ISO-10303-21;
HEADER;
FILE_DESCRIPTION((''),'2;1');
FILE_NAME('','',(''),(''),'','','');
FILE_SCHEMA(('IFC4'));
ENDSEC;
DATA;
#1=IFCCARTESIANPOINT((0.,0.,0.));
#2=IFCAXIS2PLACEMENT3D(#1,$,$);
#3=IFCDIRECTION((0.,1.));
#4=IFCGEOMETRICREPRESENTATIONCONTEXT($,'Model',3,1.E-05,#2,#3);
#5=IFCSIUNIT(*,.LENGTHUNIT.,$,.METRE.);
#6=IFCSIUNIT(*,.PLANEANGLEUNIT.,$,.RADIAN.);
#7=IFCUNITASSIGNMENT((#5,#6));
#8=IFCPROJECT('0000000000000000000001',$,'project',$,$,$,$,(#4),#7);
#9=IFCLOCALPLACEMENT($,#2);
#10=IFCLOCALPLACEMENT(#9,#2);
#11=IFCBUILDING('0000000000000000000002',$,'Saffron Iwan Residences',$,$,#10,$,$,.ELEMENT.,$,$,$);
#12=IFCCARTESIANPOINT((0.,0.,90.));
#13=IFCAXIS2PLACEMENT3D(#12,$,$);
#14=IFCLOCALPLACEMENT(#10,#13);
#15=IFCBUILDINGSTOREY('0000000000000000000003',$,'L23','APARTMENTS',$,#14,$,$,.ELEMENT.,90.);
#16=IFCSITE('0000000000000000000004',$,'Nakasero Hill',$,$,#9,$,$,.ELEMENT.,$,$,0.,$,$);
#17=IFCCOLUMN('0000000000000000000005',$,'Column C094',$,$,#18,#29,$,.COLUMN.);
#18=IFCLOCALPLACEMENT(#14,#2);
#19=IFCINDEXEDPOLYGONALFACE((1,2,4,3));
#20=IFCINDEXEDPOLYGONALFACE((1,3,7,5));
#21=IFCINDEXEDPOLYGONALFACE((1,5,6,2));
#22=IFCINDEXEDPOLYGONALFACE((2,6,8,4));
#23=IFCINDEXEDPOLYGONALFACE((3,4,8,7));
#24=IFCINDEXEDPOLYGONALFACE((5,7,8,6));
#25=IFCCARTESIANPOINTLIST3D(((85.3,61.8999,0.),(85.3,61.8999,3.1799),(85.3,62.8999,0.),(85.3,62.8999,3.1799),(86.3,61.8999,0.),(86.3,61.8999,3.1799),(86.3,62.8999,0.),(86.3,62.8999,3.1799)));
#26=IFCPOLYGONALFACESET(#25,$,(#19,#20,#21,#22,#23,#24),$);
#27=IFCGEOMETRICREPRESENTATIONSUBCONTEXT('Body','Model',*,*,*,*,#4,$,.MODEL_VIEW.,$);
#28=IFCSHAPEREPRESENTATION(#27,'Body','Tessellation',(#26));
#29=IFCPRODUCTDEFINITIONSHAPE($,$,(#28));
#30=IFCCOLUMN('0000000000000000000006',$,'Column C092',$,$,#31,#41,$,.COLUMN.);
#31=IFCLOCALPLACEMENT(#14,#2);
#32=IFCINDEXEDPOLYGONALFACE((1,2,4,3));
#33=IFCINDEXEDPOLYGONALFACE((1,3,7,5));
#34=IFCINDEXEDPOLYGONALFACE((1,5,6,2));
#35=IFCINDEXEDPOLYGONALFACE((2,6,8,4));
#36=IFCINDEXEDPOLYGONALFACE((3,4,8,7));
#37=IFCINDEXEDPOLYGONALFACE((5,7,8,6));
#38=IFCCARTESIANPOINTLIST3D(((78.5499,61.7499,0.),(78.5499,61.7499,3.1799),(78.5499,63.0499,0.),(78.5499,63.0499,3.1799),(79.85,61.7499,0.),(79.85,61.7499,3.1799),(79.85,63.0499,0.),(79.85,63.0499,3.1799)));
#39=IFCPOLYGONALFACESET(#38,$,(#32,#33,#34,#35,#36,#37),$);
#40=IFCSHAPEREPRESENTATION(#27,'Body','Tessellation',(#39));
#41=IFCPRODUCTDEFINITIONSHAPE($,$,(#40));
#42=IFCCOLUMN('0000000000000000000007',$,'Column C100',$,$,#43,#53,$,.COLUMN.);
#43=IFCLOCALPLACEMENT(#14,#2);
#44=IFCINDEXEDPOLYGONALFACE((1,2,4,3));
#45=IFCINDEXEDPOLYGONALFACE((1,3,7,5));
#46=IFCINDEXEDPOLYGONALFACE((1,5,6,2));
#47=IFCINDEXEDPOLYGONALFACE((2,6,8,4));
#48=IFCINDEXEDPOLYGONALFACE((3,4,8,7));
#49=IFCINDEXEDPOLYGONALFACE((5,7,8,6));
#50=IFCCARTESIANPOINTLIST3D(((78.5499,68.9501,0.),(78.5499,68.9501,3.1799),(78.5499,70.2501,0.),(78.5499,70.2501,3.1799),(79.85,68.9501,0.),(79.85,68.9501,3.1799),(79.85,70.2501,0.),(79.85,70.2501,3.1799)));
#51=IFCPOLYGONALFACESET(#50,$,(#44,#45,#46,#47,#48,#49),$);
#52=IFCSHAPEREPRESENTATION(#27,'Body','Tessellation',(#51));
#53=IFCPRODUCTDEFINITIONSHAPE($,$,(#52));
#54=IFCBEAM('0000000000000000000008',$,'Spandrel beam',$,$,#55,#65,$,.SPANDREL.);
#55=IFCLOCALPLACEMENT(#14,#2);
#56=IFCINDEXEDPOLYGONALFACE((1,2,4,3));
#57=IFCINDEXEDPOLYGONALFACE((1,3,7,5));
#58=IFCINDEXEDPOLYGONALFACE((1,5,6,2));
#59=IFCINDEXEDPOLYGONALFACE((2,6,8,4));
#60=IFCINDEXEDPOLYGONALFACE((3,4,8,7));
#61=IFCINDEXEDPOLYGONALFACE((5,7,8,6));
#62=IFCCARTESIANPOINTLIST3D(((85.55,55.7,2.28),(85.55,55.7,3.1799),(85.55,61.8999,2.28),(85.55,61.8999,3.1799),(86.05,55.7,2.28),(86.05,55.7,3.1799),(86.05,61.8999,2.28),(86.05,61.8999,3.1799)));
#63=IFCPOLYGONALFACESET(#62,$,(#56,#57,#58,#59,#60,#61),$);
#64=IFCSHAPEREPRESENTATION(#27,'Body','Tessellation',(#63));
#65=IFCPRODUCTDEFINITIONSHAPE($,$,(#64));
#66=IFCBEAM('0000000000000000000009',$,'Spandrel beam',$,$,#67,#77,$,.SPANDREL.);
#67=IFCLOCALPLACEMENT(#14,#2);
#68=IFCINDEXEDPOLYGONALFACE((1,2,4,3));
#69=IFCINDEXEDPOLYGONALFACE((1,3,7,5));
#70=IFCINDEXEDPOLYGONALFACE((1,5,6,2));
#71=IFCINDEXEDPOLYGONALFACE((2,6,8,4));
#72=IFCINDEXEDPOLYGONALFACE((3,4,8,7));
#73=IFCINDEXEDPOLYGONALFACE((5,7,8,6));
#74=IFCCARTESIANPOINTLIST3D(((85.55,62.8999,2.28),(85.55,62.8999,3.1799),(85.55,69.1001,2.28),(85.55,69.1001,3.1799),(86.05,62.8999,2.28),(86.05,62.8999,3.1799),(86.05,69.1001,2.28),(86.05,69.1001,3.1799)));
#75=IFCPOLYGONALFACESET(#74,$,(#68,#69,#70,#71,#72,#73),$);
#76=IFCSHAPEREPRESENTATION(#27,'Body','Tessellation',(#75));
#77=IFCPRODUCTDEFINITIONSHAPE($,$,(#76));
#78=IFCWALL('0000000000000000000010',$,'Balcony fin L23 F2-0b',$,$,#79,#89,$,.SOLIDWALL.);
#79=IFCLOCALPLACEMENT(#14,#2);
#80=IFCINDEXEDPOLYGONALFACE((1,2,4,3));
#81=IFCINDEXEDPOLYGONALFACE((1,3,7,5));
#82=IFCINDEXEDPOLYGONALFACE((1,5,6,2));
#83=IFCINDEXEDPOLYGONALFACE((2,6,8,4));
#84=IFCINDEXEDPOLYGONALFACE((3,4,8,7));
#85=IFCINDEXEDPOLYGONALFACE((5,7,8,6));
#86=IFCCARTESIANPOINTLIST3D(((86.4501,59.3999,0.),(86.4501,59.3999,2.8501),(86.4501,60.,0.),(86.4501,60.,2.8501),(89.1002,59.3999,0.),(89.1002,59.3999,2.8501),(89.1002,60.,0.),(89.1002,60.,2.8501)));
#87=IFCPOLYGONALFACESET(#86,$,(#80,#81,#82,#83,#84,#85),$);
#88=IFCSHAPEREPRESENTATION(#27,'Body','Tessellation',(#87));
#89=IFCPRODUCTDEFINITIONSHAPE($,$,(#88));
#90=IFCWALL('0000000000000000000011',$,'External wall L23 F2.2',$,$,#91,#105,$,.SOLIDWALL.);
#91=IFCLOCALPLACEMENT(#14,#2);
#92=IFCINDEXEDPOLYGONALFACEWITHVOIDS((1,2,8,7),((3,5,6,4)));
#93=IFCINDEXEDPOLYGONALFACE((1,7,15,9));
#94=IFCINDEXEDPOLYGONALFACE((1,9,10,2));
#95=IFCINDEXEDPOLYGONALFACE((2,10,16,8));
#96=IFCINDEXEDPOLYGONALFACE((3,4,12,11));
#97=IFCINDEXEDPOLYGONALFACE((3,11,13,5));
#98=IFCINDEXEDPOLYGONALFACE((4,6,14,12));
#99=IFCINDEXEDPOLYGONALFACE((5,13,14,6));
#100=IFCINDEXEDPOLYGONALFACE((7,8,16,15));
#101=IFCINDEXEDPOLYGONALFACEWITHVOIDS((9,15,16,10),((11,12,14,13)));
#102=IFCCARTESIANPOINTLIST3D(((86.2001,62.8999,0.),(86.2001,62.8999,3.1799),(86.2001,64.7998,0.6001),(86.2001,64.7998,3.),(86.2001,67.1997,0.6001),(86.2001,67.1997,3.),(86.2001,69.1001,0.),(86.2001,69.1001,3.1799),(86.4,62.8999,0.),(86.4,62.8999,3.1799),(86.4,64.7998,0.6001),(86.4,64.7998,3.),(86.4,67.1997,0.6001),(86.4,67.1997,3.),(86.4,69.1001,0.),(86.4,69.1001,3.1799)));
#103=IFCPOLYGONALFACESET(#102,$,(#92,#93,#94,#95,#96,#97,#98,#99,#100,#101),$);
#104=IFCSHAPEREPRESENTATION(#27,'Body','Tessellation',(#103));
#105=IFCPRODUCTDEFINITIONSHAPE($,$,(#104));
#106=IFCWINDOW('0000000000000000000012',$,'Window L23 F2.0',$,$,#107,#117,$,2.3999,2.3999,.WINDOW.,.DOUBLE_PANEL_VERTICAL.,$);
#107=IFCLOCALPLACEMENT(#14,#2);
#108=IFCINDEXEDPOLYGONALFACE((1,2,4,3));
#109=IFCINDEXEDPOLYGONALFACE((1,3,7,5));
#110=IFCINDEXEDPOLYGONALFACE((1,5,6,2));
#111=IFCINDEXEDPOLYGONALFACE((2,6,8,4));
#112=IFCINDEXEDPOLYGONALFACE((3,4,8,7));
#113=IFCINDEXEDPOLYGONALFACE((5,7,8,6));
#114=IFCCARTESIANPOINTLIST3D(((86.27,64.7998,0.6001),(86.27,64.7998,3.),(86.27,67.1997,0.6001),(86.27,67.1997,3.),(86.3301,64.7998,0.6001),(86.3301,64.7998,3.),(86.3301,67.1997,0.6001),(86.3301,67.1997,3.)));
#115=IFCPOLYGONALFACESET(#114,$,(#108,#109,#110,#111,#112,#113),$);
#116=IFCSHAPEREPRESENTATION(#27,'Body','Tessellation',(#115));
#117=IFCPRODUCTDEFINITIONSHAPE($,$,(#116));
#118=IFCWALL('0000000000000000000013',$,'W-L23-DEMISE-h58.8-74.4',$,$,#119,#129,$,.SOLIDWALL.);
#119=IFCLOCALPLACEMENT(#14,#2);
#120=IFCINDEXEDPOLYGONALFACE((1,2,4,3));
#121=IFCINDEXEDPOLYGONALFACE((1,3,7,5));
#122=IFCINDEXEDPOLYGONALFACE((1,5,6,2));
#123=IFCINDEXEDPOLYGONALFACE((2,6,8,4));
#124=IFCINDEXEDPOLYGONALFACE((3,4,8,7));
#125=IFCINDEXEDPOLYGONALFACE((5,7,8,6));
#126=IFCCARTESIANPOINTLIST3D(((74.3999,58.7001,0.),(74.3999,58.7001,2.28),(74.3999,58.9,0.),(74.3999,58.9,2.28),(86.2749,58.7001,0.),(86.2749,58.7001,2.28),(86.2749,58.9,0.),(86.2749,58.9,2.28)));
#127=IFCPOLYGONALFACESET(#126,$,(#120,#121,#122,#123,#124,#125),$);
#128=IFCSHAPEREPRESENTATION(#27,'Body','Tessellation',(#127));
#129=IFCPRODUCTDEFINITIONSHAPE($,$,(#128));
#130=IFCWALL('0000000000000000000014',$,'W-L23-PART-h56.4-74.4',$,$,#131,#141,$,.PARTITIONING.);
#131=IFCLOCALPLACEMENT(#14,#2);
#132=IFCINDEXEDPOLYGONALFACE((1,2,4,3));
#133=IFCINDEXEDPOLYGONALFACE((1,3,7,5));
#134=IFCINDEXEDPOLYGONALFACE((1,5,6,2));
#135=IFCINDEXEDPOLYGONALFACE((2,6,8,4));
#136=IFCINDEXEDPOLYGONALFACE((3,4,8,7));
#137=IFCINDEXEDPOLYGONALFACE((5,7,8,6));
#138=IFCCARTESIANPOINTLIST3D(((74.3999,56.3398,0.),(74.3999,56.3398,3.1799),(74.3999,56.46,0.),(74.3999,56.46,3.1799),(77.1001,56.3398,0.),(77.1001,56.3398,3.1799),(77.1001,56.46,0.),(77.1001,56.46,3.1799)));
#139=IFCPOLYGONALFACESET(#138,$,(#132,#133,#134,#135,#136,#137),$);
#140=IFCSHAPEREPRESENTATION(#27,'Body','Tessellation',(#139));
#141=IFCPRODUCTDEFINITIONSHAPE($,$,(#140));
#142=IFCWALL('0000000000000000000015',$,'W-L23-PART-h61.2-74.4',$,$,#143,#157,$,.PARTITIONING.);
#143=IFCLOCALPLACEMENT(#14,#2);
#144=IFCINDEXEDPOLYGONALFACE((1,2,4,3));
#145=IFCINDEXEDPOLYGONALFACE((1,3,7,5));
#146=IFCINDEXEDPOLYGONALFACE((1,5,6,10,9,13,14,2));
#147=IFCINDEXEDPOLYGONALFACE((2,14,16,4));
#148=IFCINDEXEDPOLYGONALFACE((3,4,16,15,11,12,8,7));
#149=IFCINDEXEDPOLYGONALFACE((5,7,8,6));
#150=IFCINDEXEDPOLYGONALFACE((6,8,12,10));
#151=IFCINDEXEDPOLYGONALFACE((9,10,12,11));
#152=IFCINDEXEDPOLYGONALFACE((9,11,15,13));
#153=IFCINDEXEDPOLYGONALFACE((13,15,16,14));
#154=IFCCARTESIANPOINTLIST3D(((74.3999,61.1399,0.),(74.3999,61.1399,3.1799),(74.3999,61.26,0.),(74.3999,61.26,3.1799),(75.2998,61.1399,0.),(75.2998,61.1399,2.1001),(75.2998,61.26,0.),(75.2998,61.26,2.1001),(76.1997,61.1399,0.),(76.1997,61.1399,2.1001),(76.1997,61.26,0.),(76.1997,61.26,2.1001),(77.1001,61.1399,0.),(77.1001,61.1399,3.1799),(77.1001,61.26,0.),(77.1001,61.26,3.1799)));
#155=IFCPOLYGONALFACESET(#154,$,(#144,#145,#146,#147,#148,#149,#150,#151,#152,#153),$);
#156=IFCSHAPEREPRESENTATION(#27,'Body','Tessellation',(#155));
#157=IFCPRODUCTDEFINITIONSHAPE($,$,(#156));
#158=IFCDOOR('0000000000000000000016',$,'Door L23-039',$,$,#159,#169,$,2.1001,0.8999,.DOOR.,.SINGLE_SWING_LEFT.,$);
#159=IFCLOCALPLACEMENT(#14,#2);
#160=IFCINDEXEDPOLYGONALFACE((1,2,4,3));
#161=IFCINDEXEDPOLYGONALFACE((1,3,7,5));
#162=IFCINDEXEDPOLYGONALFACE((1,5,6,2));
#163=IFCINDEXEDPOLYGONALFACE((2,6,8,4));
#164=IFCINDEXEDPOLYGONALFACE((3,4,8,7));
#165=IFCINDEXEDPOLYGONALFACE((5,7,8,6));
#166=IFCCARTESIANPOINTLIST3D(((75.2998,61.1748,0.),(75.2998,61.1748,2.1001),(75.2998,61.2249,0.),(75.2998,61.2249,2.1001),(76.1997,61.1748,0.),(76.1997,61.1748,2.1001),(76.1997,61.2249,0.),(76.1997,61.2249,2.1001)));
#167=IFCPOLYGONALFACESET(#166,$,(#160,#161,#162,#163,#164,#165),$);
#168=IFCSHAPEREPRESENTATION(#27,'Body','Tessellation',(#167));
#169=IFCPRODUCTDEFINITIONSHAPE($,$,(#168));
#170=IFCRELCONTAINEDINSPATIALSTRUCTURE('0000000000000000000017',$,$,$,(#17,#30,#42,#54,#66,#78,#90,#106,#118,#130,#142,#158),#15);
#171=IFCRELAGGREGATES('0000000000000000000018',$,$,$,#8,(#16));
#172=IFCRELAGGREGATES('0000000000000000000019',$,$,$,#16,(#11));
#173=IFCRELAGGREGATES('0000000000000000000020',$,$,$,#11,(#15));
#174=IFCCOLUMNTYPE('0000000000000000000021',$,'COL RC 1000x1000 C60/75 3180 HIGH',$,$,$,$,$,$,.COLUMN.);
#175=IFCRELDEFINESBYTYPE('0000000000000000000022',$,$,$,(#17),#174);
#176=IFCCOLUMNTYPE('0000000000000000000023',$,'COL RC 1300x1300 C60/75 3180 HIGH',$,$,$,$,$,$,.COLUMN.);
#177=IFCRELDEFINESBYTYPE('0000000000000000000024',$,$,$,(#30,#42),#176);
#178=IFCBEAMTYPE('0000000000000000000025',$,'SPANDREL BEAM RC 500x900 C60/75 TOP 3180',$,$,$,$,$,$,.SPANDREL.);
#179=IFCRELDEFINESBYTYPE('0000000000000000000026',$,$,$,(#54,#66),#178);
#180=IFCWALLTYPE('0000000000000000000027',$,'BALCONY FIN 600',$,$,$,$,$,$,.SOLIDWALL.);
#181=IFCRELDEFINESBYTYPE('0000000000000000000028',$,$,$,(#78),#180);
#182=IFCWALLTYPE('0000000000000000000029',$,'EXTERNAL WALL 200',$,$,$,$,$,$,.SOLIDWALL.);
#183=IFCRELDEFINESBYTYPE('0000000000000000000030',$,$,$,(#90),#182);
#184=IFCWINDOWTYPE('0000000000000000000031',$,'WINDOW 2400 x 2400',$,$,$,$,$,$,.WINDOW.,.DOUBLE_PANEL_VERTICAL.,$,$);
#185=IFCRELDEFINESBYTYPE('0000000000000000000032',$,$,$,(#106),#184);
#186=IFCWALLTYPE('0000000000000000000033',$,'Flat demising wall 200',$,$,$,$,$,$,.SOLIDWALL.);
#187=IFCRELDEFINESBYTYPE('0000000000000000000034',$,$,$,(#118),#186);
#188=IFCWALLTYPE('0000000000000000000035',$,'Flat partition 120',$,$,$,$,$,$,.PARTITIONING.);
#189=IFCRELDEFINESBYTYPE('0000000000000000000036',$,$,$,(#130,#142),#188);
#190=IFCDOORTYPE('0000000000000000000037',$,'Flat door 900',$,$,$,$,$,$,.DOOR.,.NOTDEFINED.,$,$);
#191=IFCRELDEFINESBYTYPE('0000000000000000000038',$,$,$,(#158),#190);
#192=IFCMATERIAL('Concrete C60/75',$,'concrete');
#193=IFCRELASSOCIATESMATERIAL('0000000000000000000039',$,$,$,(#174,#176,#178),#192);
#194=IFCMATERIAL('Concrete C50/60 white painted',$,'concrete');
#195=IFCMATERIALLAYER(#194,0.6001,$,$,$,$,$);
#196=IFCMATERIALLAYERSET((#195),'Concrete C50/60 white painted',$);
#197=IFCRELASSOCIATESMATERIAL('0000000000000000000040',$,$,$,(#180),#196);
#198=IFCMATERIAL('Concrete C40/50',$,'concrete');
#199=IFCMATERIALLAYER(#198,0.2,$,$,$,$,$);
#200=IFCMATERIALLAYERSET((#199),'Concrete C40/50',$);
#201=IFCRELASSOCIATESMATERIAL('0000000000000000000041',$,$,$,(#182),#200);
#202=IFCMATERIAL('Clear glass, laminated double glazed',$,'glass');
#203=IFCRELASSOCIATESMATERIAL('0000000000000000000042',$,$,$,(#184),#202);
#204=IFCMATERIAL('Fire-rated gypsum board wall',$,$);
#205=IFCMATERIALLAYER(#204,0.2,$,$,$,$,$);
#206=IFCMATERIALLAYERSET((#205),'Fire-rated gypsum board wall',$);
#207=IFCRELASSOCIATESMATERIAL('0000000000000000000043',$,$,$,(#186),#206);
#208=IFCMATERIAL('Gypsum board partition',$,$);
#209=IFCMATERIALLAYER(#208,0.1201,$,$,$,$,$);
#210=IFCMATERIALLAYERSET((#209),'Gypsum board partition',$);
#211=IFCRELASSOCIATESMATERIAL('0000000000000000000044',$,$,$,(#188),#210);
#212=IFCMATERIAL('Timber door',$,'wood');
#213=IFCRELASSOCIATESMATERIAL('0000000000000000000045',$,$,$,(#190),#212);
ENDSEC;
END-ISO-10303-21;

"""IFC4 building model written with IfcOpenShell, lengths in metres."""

from ifc_helpers import new_model, si_unit, direction, frame, frame_2d, origin, origin_2d, place, context, subcontext, project, spatial, rectangle, extrude, source, transform, mapped, material, layer, layer_set, material_profile, profile_set, type_object, element, fill, save


model = new_model("IFC4")

# Units and contexts
model_context = context("Model", 3, precision=1e-05, world=origin(), true_north=direction((0.0, 1.0)))
body_context = subcontext(model_context, "Body", "Model", "MODEL_VIEW")
ifc_project = project(units=[si_unit("LENGTHUNIT", "METRE"), si_unit("PLANEANGLEUNIT", "RADIAN")], contexts=[model_context])

# Site, building, storey
site_placement = place(None, origin())
site = spatial("IfcSite", under=ifc_project, at=site_placement, Name="Nakasero Hill", CompositionType="ELEMENT", RefElevation=0.0)
building_placement = place(site_placement, origin())
building = spatial("IfcBuilding", under=site, at=building_placement, Name="Saffron Iwan Residences", CompositionType="ELEMENT")
storey_placement = place(building_placement, frame((0.0, 0.0, 90.0)))
storey = spatial("IfcBuildingStorey", under=building, at=storey_placement, Name="L23", Description="APARTMENTS", CompositionType="ELEMENT", Elevation=90.0)

# Columns
ifc_material_1 = material(Name="Concrete C60/75", Category="concrete")
ifc_material_profile_1 = material_profile(ifc_material_1, rectangle(XDim=1.0, YDim=1.0, at=origin_2d()), Name="RC 1000x1000")
ifc_profile_set_1 = profile_set([ifc_material_profile_1], Name="Concrete C60/75")
column_type_1 = type_object("IfcColumnType", Name="COL RC 1000x1000 C60/75 3180 HIGH", PredefinedType="COLUMN", material=ifc_profile_set_1)
shared_shape_1 = source(origin(), body_context, "Body", "SweptSolid", [
    extrude(rectangle(XDim=1.0, YDim=1.0, at=origin_2d()), origin(), (0.0, 0.0, 1.0), 3.1799),
])
column_placement = place(storey_placement, frame((85.8, 62.3999, 0.0), z_axis=(0.0, 0.0, 1.0), x_axis=(1.0, 0.0, 0.0)))
element("IfcColumn", 1, at=column_placement, inside=storey, type_object=column_type_1, Name="Column C094", PredefinedType="COLUMN", context=body_context, shape_type="MappedRepresentation", body=[
    mapped(shared_shape_1, transform((0.0, 0.0, 0.0))),
])
ifc_material_profile_2 = material_profile(ifc_material_1, rectangle(XDim=1.3, YDim=1.3, at=origin_2d()), Name="RC 1300x1300")
ifc_profile_set_2 = profile_set([ifc_material_profile_2], Name="Concrete C60/75")
column_type_2 = type_object("IfcColumnType", Name="COL RC 1300x1300 C60/75 3180 HIGH", PredefinedType="COLUMN", material=ifc_profile_set_2)
shared_shape_2 = source(origin(), body_context, "Body", "SweptSolid", [
    extrude(rectangle(XDim=1.3, YDim=1.3, at=origin_2d()), origin(), (0.0, 0.0, 1.0), 3.1799),
])
for number, where, z_axis, x_axis, name in (
    (2, (79.2, 62.3999, 0.0), (0.0, 0.0, 1.0), (1.0, 0.0, 0.0), "Column C092"),
    (3, (79.2, 69.6001, 0.0), (0.0, 0.0, 1.0), (1.0, 0.0, 0.0), "Column C100"),
):
    element("IfcColumn", number, at=place(storey_placement, frame(where, z_axis=z_axis, x_axis=x_axis)), inside=storey, type_object=column_type_2, Name=name, PredefinedType="COLUMN", context=body_context, shape_type="MappedRepresentation", body=[
        mapped(shared_shape_2, transform((0.0, 0.0, 0.0))),
    ])

# Beams
ifc_material_profile_3 = material_profile(ifc_material_1, rectangle(XDim=0.5, YDim=0.8999, at=origin_2d()), Name="RC 500x900")
ifc_profile_set_3 = profile_set([ifc_material_profile_3], Name="Concrete C60/75")
beam_type = type_object("IfcBeamType", Name="SPANDREL BEAM RC 500x900 C60/75 TOP 3180", PredefinedType="SPANDREL", material=ifc_profile_set_3)
shared_shape_3 = source(origin(), body_context, "Body", "SweptSolid", [
    extrude(rectangle(XDim=0.5, YDim=0.8999, at=origin_2d()), origin(), (0.0, 0.0, 1.0), 6.2),
])
beam_1_placement = place(storey_placement, frame((85.8, 61.8999, 2.73), z_axis=(0.0, -1.0, 0.0), x_axis=(1.0, 0.0, 0.0)))
element("IfcBeam", 4, at=beam_1_placement, inside=storey, type_object=beam_type, Name="Spandrel beam", PredefinedType="SPANDREL", context=body_context, shape_type="MappedRepresentation", body=[
    mapped(shared_shape_3, transform((0.0, 0.0, 0.0))),
])
shared_shape_4 = source(origin(), body_context, "Body", "SweptSolid", [
    extrude(rectangle(XDim=0.5, YDim=0.8999, at=origin_2d()), origin(), (0.0, 0.0, 1.0), 6.2002),
])
beam_2_placement = place(storey_placement, frame((85.8, 69.1001, 2.73), z_axis=(0.0, -1.0, 0.0), x_axis=(1.0, 0.0, 0.0)))
element("IfcBeam", 5, at=beam_2_placement, inside=storey, type_object=beam_type, Name="Spandrel beam", PredefinedType="SPANDREL", context=body_context, shape_type="MappedRepresentation", body=[
    mapped(shared_shape_4, transform((0.0, 0.0, 0.0))),
])

# Wall
ifc_material_2 = material(Name="Concrete C50/60 white painted", Category="concrete")
ifc_layer_1 = layer(ifc_material_2, 0.6001)
ifc_layer_set_1 = layer_set([ifc_layer_1], Name="Concrete C50/60 white painted")
wall_type_1 = type_object("IfcWallType", Name="BALCONY FIN 600", PredefinedType="SOLIDWALL", material=ifc_layer_set_1)
wall_1_placement = place(storey_placement, frame((86.45, 59.7, 0.0), z_axis=(0.0, 0.0, 1.0), x_axis=(1.0, 0.0, 0.0)))
element("IfcWall", 6, at=wall_1_placement, inside=storey, type_object=wall_type_1, Name="Balcony fin L23 F2-0b", PredefinedType="SOLIDWALL", context=body_context, shape_type="SweptSolid", body=[
    extrude(rectangle(XDim=2.6501, YDim=0.6001, at=frame_2d((1.3252, 0.0))), origin(), (0.0, 0.0, 1.0), 2.8501),
])

# Wall, opening, window
ifc_material_3 = material(Name="Concrete C40/50", Category="concrete")
ifc_layer_2 = layer(ifc_material_3, 0.2)
ifc_layer_set_2 = layer_set([ifc_layer_2], Name="Concrete C40/50")
wall_type_2 = type_object("IfcWallType", Name="EXTERNAL WALL 200", PredefinedType="SOLIDWALL", material=ifc_layer_set_2)
wall_2_placement = place(storey_placement, frame((86.3, 62.8999, 0.0), z_axis=(0.0, 0.0, 1.0), x_axis=(0.0, 1.0, 0.0)))
wall_2 = element("IfcWall", 7, at=wall_2_placement, inside=storey, type_object=wall_type_2, Name="External wall L23 F2.2", PredefinedType="SOLIDWALL", context=body_context, shape_type="SweptSolid", body=[
    extrude(rectangle(XDim=6.2002, YDim=0.2, at=frame_2d((3.1001, 0.0))), origin(), (0.0, 0.0, 1.0), 3.1799),
])
opening_1_placement = place(wall_2_placement, frame((1.8999, 0.0, 0.6001)))
opening_1 = element("IfcOpeningElement", 8, at=opening_1_placement, cuts=wall_2, PredefinedType="OPENING", context=body_context, shape_type="SweptSolid", body=[
    extrude(rectangle(XDim=2.3999, YDim=2.3999, at=frame_2d((1.2, 1.2))), frame((0.0, 0.1099, 0.0), z_axis=(0.0, -1.0, 0.0), x_axis=(1.0, 0.0, 0.0)), (0.0, 0.0, 1.0), 0.22),
])
ifc_material_4 = material(Name="Clear glass, laminated double glazed", Category="glass")
window_type = type_object("IfcWindowType", Name="WINDOW 2400 x 2400", PartitioningType="DOUBLE_PANEL_VERTICAL", PredefinedType="WINDOW", material=ifc_material_4)
window_placement = place(opening_1_placement, origin())
window = element("IfcWindow", 9, at=window_placement, inside=storey, type_object=window_type, Name="Window L23 F2.0", OverallHeight=2.3999, OverallWidth=2.3999, PartitioningType="DOUBLE_PANEL_VERTICAL", PredefinedType="WINDOW", context=body_context, shape_type="SweptSolid", body=[
    extrude(rectangle(XDim=2.3999, YDim=2.3999, at=frame_2d((1.2, 1.2))), frame((0.0, 0.03, 0.0), z_axis=(0.0, -1.0, 0.0), x_axis=(1.0, 0.0, 0.0)), (0.0, 0.0, 1.0), 0.0601),
])
fill(opening_1, window)

# Walls
ifc_material_5 = material(Name="Fire-rated gypsum board wall")
ifc_layer_3 = layer(ifc_material_5, 0.2)
ifc_layer_set_3 = layer_set([ifc_layer_3], Name="Fire-rated gypsum board wall")
wall_type_3 = type_object("IfcWallType", Name="Flat demising wall 200", PredefinedType="SOLIDWALL", material=ifc_layer_set_3)
wall_3_placement = place(storey_placement, frame((74.3999, 58.8, 0.0), z_axis=(0.0, 0.0, 1.0), x_axis=(1.0, 0.0, 0.0)))
element("IfcWall", 10, at=wall_3_placement, inside=storey, type_object=wall_type_3, Name="W-L23-DEMISE-h58.8-74.4", PredefinedType="SOLIDWALL", context=body_context, shape_type="SweptSolid", body=[
    extrude(rectangle(XDim=11.875, YDim=0.2, at=frame_2d((5.9375, 0.0))), origin(), (0.0, 0.0, 1.0), 2.28),
])
ifc_material_6 = material(Name="Gypsum board partition")
ifc_layer_4 = layer(ifc_material_6, 0.1201)
ifc_layer_set_4 = layer_set([ifc_layer_4], Name="Gypsum board partition")
wall_type_4 = type_object("IfcWallType", Name="Flat partition 120", PredefinedType="PARTITIONING", material=ifc_layer_set_4)
wall_4_placement = place(storey_placement, frame((74.3999, 56.3999, 0.0), z_axis=(0.0, 0.0, 1.0), x_axis=(1.0, 0.0, 0.0)))
element("IfcWall", 11, at=wall_4_placement, inside=storey, type_object=wall_type_4, Name="W-L23-PART-h56.4-74.4", PredefinedType="PARTITIONING", context=body_context, shape_type="SweptSolid", body=[
    extrude(rectangle(XDim=2.7002, YDim=0.1201, at=frame_2d((1.3501, 0.0))), origin(), (0.0, 0.0, 1.0), 3.1799),
])

# Wall, opening, door
wall_5_placement = place(storey_placement, frame((74.3999, 61.2, 0.0), z_axis=(0.0, 0.0, 1.0), x_axis=(1.0, 0.0, 0.0)))
wall_5 = element("IfcWall", 12, at=wall_5_placement, inside=storey, type_object=wall_type_4, Name="W-L23-PART-h61.2-74.4", PredefinedType="PARTITIONING", context=body_context, shape_type="SweptSolid", body=[
    extrude(rectangle(XDim=2.7002, YDim=0.1201, at=frame_2d((1.3501, 0.0))), origin(), (0.0, 0.0, 1.0), 3.1799),
])
opening_2_placement = place(wall_5_placement, frame((0.8999, 0.0, 0.0)))
opening_2 = element("IfcOpeningElement", 13, at=opening_2_placement, cuts=wall_5, PredefinedType="OPENING", context=body_context, shape_type="SweptSolid", body=[
    extrude(rectangle(XDim=0.8999, YDim=2.1001, at=frame_2d((0.45, 1.05))), frame((0.0, 0.0701, 0.0), z_axis=(0.0, -1.0, 0.0), x_axis=(1.0, 0.0, 0.0)), (0.0, 0.0, 1.0), 0.1401),
])
ifc_material_7 = material(Name="Timber door", Category="wood")
door_type_1 = type_object("IfcDoorType", Name="Flat door 900", OperationType="NOTDEFINED", PredefinedType="DOOR", material=ifc_material_7)
door_1_placement = place(opening_2_placement, origin())
door_1 = element("IfcDoor", 14, at=door_1_placement, inside=storey, type_object=door_type_1, Name="Door L23-039", OperationType="SINGLE_SWING_LEFT", OverallHeight=2.1001, OverallWidth=0.8999, PredefinedType="DOOR", context=body_context, shape_type="SweptSolid", body=[
    extrude(rectangle(XDim=0.8999, YDim=2.1001, at=frame_2d((0.45, 1.05))), frame((0.0, 0.0249, 0.0), z_axis=(0.0, -1.0, 0.0), x_axis=(1.0, 0.0, 0.0)), (0.0, 0.0, 1.0), 0.05),
])
fill(opening_2, door_1)

save(model, "model.ifc")
